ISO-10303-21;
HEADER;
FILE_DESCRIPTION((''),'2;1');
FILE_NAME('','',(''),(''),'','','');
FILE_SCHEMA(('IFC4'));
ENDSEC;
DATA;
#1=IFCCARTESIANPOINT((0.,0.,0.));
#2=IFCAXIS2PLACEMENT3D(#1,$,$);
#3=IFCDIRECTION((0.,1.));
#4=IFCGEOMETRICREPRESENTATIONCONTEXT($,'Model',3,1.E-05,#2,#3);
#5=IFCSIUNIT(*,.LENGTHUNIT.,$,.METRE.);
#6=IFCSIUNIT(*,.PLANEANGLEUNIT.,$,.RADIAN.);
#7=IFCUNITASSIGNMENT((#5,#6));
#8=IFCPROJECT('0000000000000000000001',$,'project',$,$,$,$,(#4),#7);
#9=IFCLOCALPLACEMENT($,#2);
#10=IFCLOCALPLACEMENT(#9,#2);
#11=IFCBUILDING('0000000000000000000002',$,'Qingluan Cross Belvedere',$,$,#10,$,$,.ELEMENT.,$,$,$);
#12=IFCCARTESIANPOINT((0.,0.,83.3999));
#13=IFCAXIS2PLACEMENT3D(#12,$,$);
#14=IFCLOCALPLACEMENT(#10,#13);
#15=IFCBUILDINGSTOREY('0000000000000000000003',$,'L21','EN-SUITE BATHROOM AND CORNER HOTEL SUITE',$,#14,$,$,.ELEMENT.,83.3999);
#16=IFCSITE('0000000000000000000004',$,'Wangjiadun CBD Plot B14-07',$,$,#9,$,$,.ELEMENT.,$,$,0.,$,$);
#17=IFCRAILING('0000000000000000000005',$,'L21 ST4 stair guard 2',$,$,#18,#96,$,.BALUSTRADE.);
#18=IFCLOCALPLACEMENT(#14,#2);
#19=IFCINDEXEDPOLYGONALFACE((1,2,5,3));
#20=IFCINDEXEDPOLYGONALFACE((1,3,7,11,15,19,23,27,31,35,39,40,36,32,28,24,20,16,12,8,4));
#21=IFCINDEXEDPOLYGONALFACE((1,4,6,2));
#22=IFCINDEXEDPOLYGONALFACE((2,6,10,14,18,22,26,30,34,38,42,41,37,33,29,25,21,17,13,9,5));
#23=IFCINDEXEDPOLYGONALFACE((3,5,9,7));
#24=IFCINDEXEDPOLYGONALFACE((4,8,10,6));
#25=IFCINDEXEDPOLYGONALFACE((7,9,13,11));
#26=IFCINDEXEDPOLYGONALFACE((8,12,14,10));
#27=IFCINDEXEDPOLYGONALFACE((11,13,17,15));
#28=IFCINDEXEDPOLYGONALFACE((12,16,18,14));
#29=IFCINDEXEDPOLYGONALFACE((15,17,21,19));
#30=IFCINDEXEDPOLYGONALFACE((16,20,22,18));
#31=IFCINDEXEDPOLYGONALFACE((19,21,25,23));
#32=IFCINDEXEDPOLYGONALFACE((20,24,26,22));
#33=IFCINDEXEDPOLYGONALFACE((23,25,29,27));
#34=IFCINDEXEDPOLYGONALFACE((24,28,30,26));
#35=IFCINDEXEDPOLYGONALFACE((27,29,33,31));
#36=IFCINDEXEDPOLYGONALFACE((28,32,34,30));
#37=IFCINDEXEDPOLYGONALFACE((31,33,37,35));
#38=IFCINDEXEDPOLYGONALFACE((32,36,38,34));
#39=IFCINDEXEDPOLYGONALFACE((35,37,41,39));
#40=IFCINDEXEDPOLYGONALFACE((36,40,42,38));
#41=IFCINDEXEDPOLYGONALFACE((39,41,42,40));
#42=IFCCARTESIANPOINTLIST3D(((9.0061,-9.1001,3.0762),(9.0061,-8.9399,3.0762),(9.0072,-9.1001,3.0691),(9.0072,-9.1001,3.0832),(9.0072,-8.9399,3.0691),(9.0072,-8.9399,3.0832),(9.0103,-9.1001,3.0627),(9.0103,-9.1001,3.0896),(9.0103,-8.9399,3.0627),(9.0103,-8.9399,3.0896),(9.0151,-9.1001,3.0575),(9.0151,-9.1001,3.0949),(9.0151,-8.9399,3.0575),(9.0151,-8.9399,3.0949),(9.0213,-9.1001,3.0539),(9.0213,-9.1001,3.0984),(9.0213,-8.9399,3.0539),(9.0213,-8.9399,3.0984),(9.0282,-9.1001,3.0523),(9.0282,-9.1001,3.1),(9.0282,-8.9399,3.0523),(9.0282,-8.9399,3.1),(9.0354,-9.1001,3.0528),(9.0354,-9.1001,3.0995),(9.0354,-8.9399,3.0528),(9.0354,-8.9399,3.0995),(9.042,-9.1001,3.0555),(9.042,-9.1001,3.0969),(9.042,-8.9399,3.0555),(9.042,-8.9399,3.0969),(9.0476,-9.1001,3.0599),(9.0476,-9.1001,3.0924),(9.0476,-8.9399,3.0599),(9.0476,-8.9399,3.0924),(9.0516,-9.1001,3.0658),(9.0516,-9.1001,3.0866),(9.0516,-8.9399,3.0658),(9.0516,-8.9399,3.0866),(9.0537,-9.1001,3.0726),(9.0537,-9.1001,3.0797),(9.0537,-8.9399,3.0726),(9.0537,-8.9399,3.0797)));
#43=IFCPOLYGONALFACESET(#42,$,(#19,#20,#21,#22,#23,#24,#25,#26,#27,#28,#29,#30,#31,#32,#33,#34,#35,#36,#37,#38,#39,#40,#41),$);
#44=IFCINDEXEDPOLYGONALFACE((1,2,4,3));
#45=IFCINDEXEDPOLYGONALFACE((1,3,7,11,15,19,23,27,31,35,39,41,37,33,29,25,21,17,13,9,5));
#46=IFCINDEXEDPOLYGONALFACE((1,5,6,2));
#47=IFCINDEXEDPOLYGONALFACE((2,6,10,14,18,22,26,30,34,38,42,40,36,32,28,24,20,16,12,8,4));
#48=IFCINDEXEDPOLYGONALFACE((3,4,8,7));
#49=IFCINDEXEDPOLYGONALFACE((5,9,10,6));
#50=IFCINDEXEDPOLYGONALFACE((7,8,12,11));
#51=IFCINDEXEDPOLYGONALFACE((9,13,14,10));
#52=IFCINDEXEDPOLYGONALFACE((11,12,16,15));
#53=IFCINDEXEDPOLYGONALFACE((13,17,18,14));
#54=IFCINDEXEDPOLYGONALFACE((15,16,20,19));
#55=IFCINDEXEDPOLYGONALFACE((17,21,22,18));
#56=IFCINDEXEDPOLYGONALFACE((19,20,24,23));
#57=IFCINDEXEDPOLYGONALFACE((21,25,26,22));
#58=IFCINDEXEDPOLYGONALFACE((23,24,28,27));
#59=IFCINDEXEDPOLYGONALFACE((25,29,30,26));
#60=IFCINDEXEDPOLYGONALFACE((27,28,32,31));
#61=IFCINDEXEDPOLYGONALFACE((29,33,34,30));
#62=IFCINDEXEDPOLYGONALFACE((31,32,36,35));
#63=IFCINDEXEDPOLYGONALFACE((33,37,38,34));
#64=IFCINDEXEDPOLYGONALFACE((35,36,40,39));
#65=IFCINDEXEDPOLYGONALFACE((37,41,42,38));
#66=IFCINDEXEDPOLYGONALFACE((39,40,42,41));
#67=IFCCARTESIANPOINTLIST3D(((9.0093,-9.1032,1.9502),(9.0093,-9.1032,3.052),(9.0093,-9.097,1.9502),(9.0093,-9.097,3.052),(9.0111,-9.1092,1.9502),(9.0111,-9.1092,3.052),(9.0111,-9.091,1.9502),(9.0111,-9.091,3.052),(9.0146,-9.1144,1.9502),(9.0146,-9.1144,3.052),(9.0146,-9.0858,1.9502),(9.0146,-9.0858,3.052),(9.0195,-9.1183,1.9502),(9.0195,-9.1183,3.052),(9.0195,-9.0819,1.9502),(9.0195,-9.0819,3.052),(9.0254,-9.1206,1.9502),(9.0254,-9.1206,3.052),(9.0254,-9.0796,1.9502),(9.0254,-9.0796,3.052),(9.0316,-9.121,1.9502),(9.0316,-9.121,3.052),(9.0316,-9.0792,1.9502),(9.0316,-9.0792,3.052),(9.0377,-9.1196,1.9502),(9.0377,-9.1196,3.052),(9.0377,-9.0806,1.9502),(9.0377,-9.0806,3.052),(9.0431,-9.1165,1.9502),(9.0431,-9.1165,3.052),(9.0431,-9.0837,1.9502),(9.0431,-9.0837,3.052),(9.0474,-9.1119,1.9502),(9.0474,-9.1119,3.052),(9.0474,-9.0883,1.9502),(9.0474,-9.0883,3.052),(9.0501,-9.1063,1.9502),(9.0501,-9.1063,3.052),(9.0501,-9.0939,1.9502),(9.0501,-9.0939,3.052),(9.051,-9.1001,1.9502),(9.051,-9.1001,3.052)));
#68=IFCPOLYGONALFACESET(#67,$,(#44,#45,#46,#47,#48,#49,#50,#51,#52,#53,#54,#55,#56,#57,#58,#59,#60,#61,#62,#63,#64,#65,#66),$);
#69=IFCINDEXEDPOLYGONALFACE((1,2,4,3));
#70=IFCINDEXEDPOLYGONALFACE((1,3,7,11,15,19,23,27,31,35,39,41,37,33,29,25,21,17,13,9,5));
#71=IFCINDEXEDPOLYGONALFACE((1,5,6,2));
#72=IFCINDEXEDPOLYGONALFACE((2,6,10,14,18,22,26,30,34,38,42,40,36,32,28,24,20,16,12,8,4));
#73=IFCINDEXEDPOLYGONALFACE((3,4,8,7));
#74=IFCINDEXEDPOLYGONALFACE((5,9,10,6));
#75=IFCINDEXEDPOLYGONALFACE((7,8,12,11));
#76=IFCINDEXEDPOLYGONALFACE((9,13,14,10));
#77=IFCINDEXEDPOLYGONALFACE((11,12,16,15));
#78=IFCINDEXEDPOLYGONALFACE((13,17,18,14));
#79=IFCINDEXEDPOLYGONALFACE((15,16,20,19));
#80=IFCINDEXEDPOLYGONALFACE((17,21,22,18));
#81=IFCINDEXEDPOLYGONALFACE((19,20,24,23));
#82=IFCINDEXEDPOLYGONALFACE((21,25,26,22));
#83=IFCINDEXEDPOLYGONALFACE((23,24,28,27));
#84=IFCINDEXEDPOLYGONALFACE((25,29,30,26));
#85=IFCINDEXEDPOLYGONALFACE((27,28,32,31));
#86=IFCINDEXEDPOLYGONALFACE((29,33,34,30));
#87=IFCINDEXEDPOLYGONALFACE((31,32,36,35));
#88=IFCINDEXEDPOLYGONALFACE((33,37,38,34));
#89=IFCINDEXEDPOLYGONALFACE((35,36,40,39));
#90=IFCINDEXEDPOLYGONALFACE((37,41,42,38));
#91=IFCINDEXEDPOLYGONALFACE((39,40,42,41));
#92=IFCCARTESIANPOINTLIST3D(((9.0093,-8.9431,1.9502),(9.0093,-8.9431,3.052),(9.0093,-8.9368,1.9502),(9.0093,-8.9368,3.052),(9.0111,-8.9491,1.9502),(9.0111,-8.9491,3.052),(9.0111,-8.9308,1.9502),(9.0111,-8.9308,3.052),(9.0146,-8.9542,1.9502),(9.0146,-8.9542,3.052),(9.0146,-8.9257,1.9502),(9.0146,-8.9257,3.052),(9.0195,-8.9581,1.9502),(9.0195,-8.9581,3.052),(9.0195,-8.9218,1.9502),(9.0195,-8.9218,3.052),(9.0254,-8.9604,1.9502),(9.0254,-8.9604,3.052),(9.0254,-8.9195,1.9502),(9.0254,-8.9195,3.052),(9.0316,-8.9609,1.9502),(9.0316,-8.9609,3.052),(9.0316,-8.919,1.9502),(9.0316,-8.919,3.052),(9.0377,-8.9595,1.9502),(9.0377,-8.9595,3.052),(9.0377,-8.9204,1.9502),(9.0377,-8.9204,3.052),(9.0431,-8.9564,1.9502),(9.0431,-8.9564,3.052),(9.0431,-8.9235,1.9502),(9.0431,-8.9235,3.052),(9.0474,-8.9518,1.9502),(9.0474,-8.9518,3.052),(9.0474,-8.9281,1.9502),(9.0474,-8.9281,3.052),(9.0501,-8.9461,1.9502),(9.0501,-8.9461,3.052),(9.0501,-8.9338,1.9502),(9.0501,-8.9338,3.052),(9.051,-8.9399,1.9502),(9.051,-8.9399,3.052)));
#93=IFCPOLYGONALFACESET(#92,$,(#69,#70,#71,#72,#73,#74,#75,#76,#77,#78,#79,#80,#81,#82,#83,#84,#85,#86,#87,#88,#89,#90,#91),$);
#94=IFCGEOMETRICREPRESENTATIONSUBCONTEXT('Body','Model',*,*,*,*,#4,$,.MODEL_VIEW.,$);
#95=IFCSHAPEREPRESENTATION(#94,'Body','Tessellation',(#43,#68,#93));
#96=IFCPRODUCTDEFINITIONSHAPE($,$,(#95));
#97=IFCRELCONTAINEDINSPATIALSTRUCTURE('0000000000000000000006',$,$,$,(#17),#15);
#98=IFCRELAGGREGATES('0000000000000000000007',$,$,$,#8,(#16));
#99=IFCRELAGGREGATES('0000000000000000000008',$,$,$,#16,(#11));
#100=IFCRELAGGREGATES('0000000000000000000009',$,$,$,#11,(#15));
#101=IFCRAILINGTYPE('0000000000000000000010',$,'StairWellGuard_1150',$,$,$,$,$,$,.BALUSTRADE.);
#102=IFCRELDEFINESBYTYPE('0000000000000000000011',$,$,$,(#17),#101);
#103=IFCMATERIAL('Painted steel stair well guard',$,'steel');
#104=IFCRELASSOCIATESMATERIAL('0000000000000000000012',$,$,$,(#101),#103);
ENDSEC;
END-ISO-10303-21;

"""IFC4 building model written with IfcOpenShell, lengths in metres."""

from ifc_helpers import new_model, si_unit, direction, frame, origin, origin_2d, place, context, subcontext, project, spatial, circle, extrude, material, type_object, element, save


model = new_model("IFC4")

# Units and contexts
model_context = context("Model", 3, precision=1e-05, world=origin(), true_north=direction((0.0, 1.0)))
body_context = subcontext(model_context, "Body", "Model", "MODEL_VIEW")
ifc_project = project(units=[si_unit("LENGTHUNIT", "METRE"), si_unit("PLANEANGLEUNIT", "RADIAN")], contexts=[model_context])

# Site, building, storey
site_placement = place(None, origin())
site = spatial("IfcSite", under=ifc_project, at=site_placement, Name="Wangjiadun CBD Plot B14-07", CompositionType="ELEMENT", RefElevation=0.0)
building_placement = place(site_placement, origin())
building = spatial("IfcBuilding", under=site, at=building_placement, Name="Qingluan Cross Belvedere", CompositionType="ELEMENT")
storey_placement = place(building_placement, frame((0.0, 0.0, 83.3999)))
storey = spatial("IfcBuildingStorey", under=building, at=storey_placement, Name="L21", Description="EN-SUITE BATHROOM AND CORNER HOTEL SUITE", CompositionType="ELEMENT", Elevation=83.3999)

# Railing
ifc_material_1 = material(Name="Painted steel stair well guard", Category="steel")
railing_type_1 = type_object("IfcRailingType", Name="StairWellGuard_1150", PredefinedType="BALUSTRADE", material=ifc_material_1)
railing_1_placement = place(storey_placement, frame((9.03, -9.1001, 1.9502)))
element("IfcRailing", 1, at=railing_1_placement, inside=storey, type_object=railing_type_1, Name="L21 ST4 stair guard 2", PredefinedType="BALUSTRADE", context=body_context, shape_type="SweptSolid", body=[
    extrude(circle(Radius=0.0239, at=origin_2d()), frame((0.0, 0.0, 1.126), z_axis=(0.0, 1.0, 0.0), x_axis=(-1.0, 0.0, 0.0)), (0.0, 0.0, 1.0), 0.1602),
    extrude(circle(Radius=0.021, at=origin_2d()), origin(), (0.0, 0.0, 1.0), 1.1018),
    extrude(circle(Radius=0.021, at=origin_2d()), frame((0.0, 0.1602, 0.0)), (0.0, 0.0, 1.0), 1.1018),
])

save(model, "model.ifc")
